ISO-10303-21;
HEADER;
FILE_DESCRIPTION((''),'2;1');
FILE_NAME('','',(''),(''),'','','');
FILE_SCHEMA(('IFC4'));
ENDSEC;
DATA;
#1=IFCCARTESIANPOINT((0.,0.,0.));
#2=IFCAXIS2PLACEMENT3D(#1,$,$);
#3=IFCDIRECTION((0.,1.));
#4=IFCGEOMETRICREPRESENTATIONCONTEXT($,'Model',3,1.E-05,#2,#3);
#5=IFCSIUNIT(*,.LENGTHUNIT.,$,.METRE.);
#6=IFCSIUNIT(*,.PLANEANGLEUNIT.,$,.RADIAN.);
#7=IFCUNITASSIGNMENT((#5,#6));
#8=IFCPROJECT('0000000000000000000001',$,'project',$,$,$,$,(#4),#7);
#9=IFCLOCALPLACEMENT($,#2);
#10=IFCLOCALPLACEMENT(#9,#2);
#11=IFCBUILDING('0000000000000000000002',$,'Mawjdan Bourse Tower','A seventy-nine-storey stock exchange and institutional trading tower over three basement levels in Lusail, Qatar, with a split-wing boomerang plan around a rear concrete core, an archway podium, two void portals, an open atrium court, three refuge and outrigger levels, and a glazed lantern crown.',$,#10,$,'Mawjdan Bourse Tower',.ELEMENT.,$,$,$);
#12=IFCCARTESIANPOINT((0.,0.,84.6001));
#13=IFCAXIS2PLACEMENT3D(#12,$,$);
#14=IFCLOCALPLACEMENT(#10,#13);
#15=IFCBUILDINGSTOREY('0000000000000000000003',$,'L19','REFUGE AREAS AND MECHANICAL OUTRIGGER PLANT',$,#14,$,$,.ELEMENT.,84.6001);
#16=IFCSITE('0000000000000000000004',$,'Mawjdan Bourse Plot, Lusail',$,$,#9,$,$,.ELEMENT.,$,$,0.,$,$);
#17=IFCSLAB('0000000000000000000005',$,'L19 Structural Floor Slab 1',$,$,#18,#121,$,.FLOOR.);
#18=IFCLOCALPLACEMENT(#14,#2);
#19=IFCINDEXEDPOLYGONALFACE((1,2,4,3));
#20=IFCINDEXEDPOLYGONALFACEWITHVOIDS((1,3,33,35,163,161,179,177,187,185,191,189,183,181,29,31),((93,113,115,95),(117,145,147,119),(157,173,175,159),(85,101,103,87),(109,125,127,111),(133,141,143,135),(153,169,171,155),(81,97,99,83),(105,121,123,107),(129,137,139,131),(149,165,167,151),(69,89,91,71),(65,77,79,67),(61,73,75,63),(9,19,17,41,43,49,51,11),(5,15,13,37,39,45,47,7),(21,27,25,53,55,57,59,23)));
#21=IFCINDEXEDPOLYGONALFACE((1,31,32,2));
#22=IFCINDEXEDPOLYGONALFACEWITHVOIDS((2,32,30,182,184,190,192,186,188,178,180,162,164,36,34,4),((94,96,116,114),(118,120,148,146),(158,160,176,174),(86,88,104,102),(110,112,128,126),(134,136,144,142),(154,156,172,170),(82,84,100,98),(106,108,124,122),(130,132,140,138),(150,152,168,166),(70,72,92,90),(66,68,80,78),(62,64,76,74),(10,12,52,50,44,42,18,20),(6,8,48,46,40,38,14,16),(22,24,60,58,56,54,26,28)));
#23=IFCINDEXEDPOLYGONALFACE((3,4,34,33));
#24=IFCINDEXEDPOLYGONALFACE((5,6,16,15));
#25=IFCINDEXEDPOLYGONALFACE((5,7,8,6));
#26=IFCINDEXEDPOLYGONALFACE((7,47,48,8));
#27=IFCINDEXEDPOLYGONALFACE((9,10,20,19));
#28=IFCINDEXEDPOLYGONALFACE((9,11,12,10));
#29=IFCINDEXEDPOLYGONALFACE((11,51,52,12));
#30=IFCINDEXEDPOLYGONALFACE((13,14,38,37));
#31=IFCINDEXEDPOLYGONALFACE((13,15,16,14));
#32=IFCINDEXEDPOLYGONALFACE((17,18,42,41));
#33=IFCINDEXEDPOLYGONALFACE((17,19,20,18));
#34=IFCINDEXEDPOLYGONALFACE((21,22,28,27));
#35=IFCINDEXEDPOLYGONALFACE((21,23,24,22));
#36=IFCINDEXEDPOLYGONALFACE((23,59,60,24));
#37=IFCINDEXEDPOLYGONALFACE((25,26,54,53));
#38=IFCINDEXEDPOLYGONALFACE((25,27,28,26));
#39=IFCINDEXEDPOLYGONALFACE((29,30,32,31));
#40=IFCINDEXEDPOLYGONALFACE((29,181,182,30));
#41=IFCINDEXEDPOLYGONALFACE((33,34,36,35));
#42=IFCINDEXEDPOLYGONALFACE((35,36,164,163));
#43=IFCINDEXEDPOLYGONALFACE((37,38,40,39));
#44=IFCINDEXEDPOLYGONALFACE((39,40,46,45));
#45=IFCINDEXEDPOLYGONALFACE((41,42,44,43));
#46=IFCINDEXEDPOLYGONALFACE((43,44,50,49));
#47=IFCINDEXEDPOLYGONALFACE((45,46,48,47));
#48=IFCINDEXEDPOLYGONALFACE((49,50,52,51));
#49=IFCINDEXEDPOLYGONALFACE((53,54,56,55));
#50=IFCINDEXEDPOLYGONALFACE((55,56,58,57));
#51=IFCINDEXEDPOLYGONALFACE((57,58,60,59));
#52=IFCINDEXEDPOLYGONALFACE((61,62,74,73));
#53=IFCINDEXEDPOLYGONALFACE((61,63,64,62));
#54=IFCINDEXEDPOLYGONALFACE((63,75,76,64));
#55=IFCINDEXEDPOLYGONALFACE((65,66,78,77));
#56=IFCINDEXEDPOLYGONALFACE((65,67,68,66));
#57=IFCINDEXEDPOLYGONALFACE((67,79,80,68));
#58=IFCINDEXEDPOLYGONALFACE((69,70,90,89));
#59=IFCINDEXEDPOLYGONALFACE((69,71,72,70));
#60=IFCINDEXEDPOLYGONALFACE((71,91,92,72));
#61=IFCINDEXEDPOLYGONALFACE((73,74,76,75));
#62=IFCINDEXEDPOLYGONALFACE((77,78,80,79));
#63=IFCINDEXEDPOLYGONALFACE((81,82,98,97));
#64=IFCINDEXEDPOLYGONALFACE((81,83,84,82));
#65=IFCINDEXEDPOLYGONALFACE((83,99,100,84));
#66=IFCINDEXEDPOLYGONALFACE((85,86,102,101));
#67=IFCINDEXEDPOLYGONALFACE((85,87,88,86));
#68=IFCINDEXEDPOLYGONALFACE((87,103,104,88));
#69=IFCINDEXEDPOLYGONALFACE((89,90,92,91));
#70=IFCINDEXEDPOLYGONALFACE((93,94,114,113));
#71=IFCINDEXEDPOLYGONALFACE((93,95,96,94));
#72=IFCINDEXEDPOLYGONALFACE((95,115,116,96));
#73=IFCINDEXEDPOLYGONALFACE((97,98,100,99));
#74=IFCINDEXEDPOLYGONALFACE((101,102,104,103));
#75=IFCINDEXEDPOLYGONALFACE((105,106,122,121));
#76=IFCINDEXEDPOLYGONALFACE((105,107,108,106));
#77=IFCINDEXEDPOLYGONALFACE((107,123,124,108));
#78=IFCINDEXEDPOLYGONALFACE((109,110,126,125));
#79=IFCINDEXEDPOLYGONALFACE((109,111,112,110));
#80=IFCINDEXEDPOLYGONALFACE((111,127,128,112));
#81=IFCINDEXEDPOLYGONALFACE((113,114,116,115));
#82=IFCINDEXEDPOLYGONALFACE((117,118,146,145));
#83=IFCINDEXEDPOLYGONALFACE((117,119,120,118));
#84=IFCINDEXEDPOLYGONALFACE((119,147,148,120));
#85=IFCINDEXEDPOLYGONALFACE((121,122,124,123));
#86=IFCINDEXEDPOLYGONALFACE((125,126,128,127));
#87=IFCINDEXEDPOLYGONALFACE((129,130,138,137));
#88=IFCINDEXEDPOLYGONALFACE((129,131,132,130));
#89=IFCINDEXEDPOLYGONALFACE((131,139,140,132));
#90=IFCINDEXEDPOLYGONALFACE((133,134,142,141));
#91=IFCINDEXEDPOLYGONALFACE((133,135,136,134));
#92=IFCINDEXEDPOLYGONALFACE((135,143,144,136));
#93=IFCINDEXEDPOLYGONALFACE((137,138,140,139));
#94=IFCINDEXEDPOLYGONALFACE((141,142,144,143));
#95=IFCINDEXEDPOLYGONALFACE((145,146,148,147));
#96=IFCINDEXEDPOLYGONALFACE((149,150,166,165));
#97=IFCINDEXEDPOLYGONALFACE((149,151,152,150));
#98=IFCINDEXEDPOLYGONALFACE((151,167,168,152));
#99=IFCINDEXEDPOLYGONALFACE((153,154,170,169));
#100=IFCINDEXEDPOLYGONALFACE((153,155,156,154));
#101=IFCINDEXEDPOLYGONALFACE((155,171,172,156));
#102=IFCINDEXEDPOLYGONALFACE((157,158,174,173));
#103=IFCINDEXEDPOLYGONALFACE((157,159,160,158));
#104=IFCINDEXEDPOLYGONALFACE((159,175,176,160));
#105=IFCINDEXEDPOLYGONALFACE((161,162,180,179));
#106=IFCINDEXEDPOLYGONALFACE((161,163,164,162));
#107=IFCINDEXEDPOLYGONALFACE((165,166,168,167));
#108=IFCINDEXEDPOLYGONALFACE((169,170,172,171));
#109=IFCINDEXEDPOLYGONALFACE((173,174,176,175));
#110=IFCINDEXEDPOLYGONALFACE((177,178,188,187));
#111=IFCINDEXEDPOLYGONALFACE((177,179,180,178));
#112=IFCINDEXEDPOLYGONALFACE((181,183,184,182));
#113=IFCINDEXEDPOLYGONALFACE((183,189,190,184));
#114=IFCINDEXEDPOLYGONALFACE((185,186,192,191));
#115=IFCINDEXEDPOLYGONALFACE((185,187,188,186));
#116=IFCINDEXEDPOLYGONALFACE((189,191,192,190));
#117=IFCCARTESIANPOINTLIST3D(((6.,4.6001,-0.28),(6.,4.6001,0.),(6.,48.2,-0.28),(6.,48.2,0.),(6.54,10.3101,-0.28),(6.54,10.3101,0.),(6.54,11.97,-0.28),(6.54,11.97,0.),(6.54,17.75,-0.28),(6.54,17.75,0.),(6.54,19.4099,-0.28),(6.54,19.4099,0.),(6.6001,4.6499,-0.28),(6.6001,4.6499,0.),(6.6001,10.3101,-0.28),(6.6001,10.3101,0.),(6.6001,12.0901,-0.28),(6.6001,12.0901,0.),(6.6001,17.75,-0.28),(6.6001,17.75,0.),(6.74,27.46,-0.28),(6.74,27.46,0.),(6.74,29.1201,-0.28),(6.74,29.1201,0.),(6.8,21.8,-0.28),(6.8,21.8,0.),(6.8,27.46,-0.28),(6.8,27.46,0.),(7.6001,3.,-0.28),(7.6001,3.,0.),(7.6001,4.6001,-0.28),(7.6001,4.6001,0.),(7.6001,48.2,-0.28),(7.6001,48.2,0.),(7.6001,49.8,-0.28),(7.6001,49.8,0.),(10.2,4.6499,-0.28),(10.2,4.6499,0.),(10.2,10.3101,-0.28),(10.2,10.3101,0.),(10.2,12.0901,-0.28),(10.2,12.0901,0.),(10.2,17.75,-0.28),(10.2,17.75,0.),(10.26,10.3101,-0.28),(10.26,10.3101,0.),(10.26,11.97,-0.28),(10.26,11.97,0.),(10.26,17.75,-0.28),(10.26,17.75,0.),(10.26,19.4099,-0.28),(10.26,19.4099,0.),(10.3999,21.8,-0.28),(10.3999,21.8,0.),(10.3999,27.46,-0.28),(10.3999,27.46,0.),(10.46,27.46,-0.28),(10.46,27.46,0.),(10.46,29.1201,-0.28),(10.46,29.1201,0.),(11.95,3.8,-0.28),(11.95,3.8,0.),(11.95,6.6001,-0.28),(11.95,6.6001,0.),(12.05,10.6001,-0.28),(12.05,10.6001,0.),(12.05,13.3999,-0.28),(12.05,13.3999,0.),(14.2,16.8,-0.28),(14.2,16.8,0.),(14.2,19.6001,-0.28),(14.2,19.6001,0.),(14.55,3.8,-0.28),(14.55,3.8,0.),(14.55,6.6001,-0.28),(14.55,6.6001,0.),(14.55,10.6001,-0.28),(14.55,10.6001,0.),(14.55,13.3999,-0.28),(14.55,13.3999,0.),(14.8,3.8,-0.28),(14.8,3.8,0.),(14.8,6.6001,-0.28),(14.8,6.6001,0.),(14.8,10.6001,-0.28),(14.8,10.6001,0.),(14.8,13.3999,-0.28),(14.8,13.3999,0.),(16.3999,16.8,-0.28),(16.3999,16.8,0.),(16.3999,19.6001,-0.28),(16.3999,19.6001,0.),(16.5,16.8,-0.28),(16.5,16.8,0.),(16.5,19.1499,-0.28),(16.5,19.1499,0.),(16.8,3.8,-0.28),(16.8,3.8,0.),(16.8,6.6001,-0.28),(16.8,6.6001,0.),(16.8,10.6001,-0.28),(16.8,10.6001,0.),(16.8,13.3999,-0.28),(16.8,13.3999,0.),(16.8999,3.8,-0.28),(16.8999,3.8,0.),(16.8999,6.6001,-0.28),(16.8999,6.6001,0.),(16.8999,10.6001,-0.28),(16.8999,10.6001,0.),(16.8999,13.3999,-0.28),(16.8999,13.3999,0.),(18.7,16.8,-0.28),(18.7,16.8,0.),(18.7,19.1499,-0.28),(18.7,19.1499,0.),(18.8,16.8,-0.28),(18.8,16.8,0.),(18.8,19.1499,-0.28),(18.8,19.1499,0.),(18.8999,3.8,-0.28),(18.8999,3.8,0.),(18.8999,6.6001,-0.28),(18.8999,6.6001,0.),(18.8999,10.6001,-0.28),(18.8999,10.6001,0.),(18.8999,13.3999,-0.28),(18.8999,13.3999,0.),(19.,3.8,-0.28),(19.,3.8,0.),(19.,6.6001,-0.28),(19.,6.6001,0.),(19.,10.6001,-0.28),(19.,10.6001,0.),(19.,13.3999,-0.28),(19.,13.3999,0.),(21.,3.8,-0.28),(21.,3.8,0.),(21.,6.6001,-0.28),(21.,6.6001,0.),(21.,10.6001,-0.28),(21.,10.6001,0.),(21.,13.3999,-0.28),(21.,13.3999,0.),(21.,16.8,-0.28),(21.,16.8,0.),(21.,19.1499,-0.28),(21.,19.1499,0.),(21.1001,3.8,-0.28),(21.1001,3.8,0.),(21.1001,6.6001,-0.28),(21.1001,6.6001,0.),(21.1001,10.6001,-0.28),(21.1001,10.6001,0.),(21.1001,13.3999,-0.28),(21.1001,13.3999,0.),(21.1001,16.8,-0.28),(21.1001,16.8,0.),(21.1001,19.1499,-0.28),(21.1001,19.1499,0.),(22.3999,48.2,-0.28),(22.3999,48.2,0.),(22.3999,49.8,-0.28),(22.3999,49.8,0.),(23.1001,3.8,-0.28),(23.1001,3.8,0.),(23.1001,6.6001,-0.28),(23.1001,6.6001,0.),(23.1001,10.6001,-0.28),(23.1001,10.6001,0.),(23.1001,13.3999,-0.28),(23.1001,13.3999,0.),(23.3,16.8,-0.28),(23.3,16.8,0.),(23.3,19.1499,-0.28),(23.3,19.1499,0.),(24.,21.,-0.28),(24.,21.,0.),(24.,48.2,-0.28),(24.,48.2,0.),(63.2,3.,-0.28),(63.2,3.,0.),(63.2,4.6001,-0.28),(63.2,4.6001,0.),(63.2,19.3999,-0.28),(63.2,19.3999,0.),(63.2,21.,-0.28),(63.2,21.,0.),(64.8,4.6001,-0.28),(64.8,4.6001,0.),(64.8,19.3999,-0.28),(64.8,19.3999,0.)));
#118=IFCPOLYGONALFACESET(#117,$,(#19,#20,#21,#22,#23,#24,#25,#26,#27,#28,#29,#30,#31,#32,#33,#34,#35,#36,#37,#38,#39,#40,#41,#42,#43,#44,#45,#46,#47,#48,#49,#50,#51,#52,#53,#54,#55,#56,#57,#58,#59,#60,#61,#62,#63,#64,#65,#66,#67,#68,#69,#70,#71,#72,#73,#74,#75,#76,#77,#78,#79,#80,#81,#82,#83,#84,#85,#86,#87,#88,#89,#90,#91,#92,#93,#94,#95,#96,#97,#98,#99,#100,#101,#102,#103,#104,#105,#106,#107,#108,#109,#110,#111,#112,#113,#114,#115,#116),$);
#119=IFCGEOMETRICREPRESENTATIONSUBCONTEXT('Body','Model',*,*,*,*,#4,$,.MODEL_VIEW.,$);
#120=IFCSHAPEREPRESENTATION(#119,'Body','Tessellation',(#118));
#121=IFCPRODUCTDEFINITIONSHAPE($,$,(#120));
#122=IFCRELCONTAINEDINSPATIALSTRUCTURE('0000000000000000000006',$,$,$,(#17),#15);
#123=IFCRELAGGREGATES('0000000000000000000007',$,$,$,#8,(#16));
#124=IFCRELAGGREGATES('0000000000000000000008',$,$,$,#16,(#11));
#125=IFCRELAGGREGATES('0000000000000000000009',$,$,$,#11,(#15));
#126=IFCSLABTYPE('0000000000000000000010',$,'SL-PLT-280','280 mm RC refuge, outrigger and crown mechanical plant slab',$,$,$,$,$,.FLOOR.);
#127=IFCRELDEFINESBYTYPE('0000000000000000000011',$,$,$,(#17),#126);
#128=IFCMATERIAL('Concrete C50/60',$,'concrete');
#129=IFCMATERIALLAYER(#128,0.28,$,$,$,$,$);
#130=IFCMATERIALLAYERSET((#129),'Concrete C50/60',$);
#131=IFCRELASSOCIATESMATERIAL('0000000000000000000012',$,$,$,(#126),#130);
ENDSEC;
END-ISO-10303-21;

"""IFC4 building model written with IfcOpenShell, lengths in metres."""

from ifc_helpers import new_model, si_unit, direction, frame, origin, place, context, subcontext, project, spatial, polyline, outline, extrude, material, layer, layer_set, type_object, element, save


model = new_model("IFC4")

# Units and contexts
model_context = context("Model", 3, precision=1e-05, world=origin(), true_north=direction((0.0, 1.0)))
body_context = subcontext(model_context, "Body", "Model", "MODEL_VIEW")
ifc_project = project(units=[si_unit("LENGTHUNIT", "METRE"), si_unit("PLANEANGLEUNIT", "RADIAN")], contexts=[model_context])

# Site, building, storey
site_placement = place(None, origin())
site = spatial("IfcSite", under=ifc_project, at=site_placement, Name="Mawjdan Bourse Plot, Lusail", CompositionType="ELEMENT", RefElevation=0.0)
building_placement = place(site_placement, origin())
building = spatial("IfcBuilding", under=site, at=building_placement, Name="Mawjdan Bourse Tower", Description="A seventy-nine-storey stock exchange and institutional trading tower over three basement levels in Lusail, Qatar, with a split-wing boomerang plan around a rear concrete core, an archway podium, two void portals, an open atrium court, three refuge and outrigger levels, and a glazed lantern crown.", LongName="Mawjdan Bourse Tower", CompositionType="ELEMENT")
storey_placement = place(building_placement, frame((0.0, 0.0, 84.6001)))
storey = spatial("IfcBuildingStorey", under=building, at=storey_placement, Name="L19", Description="REFUGE AREAS AND MECHANICAL OUTRIGGER PLANT", CompositionType="ELEMENT", Elevation=84.6001)

# Shared definitions
ifc_material_1 = material(Name="Concrete C50/60", Category="concrete")

# Slab
ifc_layer_1 = layer(ifc_material_1, 0.28)
ifc_layer_set_1 = layer_set([ifc_layer_1], Name="Concrete C50/60")
slab_type_1 = type_object("IfcSlabType", Name="SL-PLT-280", Description="280 mm RC refuge, outrigger and crown mechanical plant slab", PredefinedType="FLOOR", material=ifc_layer_set_1)
slab_1_placement = place(storey_placement, frame((0.0, 0.0, -0.28)))
element("IfcSlab", 1, at=slab_1_placement, inside=storey, type_object=slab_type_1, Name="L19 Structural Floor Slab 1", PredefinedType="FLOOR", context=body_context, shape_type="SweptSolid", body=[
    extrude(outline(polyline([(7.6001, 3.0), (63.2, 3.0), (63.2, 4.6001), (64.8, 4.6001), (64.8, 19.3999), (63.2, 19.3999), (63.2, 21.0), (24.0, 21.0), (24.0, 48.2), (22.3999, 48.2), (22.3999, 49.8), (7.6001, 49.8), (7.6001, 48.2), (6.0, 48.2), (6.0, 4.6001), (7.6001, 4.6001), (7.6001, 3.0)]), holes=[polyline([(11.95, 3.8), (11.95, 6.6001), (14.55, 6.6001), (14.55, 3.8), (11.95, 3.8)]), polyline([(14.8, 3.8), (14.8, 6.6001), (16.8, 6.6001), (16.8, 3.8), (14.8, 3.8)]), polyline([(10.26, 11.97), (10.26, 10.3101), (10.2, 10.3101), (10.2, 4.6499), (6.6001, 4.6499), (6.6001, 10.3101), (6.54, 10.3101), (6.54, 11.97), (10.26, 11.97)]), polyline([(12.05, 13.3999), (14.55, 13.3999), (14.55, 10.6001), (12.05, 10.6001), (12.05, 13.3999)]), polyline([(6.6001, 17.75), (6.54, 17.75), (6.54, 19.4099), (10.26, 19.4099), (10.26, 17.75), (10.2, 17.75), (10.2, 12.0901), (6.6001, 12.0901), (6.6001, 17.75)]), polyline([(14.2, 16.8), (14.2, 19.6001), (16.3999, 19.6001), (16.3999, 16.8), (14.2, 16.8)]), polyline([(10.46, 27.46), (10.3999, 27.46), (10.3999, 21.8), (6.8, 21.8), (6.8, 27.46), (6.74, 27.46), (6.74, 29.1201), (10.46, 29.1201), (10.46, 27.46)]), polyline([(16.8999, 3.8), (16.8999, 6.6001), (18.8999, 6.6001), (18.8999, 3.8), (16.8999, 3.8)]), polyline([(19.0, 3.8), (19.0, 6.6001), (21.0, 6.6001), (21.0, 3.8), (19.0, 3.8)]), polyline([(21.1001, 3.8), (21.1001, 6.6001), (23.1001, 6.6001), (23.1001, 3.8), (21.1001, 3.8)]), polyline([(14.8, 13.3999), (16.8, 13.3999), (16.8, 10.6001), (14.8, 10.6001), (14.8, 13.3999)]), polyline([(16.8999, 13.3999), (18.8999, 13.3999), (18.8999, 10.6001), (16.8999, 10.6001), (16.8999, 13.3999)]), polyline([(19.0, 10.6001), (19.0, 13.3999), (21.0, 13.3999), (21.0, 10.6001), (19.0, 10.6001)]), polyline([(21.1001, 10.6001), (21.1001, 13.3999), (23.1001, 13.3999), (23.1001, 10.6001), (21.1001, 10.6001)]), polyline([(16.5, 16.8), (16.5, 19.1499), (18.7, 19.1499), (18.7, 16.8), (16.5, 16.8)]), polyline([(18.8, 19.1499), (21.0, 19.1499), (21.0, 16.8), (18.8, 16.8), (18.8, 19.1499)]), polyline([(21.1001, 19.1499), (23.3, 19.1499), (23.3, 16.8), (21.1001, 16.8), (21.1001, 19.1499)])]), origin(), (0.0, 0.0, 1.0), 0.28),
])

save(model, "model.ifc")
